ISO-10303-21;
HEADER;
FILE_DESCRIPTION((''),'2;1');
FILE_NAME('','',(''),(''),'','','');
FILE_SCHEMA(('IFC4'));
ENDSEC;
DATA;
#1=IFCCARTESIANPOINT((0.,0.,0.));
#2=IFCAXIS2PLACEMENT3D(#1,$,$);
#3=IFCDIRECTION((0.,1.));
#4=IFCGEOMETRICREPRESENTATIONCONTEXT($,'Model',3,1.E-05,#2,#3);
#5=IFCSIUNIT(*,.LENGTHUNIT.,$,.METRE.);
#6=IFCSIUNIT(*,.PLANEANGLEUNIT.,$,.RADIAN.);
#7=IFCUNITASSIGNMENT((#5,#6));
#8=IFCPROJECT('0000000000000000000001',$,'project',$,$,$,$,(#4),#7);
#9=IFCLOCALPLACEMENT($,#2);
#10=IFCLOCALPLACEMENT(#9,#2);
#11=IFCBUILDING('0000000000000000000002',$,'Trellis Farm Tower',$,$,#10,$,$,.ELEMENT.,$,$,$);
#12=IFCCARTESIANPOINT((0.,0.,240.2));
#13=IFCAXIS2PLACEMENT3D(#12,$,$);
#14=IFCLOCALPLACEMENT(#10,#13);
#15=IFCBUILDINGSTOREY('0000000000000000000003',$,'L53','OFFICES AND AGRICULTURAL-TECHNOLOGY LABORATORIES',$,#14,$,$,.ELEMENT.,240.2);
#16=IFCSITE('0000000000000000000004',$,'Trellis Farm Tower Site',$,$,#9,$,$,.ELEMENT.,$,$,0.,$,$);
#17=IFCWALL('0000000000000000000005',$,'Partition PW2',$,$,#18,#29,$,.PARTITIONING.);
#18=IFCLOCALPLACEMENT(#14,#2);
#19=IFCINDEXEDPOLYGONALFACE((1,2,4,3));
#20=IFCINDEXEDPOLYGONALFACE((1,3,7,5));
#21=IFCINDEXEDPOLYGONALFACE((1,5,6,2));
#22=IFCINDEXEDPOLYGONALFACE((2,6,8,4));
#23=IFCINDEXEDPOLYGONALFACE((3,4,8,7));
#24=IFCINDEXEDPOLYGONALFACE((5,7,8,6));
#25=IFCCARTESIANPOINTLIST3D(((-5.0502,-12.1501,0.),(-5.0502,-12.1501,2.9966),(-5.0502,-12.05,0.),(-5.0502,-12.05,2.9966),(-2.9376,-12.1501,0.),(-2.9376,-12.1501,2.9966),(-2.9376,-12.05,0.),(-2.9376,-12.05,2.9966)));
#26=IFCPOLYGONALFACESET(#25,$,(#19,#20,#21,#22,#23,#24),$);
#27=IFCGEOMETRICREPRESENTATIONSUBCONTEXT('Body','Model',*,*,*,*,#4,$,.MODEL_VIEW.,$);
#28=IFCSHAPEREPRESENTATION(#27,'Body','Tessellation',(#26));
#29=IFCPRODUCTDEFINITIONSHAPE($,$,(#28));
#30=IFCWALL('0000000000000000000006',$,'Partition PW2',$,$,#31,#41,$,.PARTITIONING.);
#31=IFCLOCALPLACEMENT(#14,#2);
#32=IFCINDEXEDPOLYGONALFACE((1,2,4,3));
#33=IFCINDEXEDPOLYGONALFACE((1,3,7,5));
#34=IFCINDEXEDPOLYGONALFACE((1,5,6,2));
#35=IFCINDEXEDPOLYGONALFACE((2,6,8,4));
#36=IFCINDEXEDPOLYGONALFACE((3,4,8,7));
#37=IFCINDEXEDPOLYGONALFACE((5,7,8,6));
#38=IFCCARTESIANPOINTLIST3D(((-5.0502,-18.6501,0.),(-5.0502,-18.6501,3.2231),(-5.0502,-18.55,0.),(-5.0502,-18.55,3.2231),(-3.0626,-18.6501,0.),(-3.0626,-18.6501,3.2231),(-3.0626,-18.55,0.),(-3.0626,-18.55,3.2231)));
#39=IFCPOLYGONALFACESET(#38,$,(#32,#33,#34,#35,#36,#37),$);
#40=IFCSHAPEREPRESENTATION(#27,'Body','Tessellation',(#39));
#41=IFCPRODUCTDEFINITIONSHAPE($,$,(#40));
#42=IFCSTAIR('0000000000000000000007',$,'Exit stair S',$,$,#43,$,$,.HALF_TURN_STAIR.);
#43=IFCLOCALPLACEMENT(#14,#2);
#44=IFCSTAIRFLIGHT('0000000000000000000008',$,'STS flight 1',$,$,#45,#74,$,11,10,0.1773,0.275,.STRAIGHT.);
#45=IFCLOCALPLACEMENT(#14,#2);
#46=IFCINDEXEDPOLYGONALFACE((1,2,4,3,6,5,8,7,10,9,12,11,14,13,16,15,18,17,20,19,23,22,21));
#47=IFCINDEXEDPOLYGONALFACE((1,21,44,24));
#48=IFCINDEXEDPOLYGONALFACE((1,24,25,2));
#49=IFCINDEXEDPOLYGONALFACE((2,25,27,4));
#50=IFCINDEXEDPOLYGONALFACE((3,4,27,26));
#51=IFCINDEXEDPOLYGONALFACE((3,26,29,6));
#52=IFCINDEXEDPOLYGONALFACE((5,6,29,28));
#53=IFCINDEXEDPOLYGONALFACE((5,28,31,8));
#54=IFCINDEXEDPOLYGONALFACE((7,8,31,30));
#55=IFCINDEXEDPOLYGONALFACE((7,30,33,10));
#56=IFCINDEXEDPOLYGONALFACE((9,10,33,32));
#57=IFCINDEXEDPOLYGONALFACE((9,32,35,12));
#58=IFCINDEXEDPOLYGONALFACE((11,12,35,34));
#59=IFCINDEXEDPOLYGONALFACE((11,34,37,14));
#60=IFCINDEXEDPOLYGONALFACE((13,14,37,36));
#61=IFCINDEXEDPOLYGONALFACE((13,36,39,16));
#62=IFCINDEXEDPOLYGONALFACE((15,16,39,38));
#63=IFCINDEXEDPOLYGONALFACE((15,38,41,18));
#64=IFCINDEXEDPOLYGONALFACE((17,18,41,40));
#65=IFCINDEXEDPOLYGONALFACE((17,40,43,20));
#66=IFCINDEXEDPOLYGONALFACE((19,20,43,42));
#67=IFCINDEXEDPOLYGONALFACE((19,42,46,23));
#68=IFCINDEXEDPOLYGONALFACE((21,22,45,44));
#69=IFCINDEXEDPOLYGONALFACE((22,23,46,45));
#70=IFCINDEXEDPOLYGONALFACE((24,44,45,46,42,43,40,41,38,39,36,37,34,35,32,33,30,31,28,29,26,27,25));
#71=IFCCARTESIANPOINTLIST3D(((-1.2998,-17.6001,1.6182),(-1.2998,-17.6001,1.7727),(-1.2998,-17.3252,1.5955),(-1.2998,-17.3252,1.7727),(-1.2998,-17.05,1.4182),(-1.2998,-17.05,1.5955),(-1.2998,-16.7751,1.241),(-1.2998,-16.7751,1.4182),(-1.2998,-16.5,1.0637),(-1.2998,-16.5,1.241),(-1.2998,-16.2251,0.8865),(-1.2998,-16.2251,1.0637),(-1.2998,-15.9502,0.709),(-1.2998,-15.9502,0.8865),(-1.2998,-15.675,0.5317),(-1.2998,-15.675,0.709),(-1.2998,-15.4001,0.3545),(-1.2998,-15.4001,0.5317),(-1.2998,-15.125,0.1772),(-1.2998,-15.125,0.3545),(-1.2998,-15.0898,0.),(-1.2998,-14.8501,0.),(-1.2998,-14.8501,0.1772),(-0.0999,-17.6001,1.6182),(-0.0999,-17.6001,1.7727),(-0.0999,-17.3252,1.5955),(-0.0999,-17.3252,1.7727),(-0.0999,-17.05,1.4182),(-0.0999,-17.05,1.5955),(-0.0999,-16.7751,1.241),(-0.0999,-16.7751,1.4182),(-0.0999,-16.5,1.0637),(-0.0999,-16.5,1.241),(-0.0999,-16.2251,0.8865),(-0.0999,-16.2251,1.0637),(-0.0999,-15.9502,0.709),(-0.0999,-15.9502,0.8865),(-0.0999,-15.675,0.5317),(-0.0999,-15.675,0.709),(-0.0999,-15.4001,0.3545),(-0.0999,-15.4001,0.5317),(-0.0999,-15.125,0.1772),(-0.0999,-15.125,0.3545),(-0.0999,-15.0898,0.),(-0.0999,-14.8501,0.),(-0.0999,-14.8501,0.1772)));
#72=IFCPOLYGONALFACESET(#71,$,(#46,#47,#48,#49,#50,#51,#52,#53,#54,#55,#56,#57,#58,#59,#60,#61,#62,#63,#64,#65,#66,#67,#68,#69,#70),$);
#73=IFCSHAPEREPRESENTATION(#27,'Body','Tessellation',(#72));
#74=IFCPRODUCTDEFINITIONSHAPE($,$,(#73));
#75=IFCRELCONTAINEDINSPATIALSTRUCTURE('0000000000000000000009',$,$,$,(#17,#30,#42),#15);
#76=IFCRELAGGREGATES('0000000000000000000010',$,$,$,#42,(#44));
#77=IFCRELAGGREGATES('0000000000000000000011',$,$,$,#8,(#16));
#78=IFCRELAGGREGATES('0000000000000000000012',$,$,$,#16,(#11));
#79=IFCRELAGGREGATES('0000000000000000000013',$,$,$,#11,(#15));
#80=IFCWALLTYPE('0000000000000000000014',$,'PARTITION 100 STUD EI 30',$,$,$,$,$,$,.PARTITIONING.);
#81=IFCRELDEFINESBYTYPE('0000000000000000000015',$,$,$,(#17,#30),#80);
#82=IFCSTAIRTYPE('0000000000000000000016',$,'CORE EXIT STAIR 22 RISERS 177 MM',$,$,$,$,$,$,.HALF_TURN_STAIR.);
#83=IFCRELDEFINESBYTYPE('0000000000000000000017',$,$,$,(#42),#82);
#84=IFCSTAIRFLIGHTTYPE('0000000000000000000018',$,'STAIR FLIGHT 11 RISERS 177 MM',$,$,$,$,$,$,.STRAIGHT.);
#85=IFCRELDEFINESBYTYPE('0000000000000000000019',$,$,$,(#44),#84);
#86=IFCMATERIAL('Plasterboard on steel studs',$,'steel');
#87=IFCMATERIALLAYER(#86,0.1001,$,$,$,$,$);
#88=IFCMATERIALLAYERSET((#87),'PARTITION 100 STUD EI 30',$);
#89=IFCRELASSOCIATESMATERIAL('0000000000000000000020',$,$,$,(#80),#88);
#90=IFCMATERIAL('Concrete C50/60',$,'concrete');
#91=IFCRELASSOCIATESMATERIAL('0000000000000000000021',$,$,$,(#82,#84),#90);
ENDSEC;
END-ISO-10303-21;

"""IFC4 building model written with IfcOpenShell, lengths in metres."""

from ifc_helpers import new_model, si_unit, direction, frame, frame_2d, origin, place, context, subcontext, project, spatial, polyline, rectangle, outline, extrude, source, transform, mapped, material, layer, layer_set, type_object, element, aggregate, save


model = new_model("IFC4")

# Units and contexts
model_context = context("Model", 3, precision=1e-05, world=origin(), true_north=direction((0.0, 1.0)))
body_context = subcontext(model_context, "Body", "Model", "MODEL_VIEW")
ifc_project = project(units=[si_unit("LENGTHUNIT", "METRE"), si_unit("PLANEANGLEUNIT", "RADIAN")], contexts=[model_context])

# Site, building, storey
site_placement = place(None, origin())
site = spatial("IfcSite", under=ifc_project, at=site_placement, Name="Trellis Farm Tower Site", CompositionType="ELEMENT", RefElevation=0.0)
building_placement = place(site_placement, origin())
building = spatial("IfcBuilding", under=site, at=building_placement, Name="Trellis Farm Tower", CompositionType="ELEMENT")
storey_placement = place(building_placement, frame((0.0, 0.0, 240.2)))
storey = spatial("IfcBuildingStorey", under=building, at=storey_placement, Name="L53", Description="OFFICES AND AGRICULTURAL-TECHNOLOGY LABORATORIES", CompositionType="ELEMENT", Elevation=240.2)

# Shared definitions
placement = place(storey_placement, origin())

# Walls
ifc_material_1 = material(Name="Plasterboard on steel studs", Category="steel")
ifc_layer_1 = layer(ifc_material_1, 0.1001)
ifc_layer_set_1 = layer_set([ifc_layer_1], Name="PARTITION 100 STUD EI 30")
wall_type_1 = type_object("IfcWallType", Name="PARTITION 100 STUD EI 30", PredefinedType="PARTITIONING", material=ifc_layer_set_1)
shared_shape_1 = source(origin(), body_context, "Body", "SweptSolid", [
    extrude(rectangle(XDim=2.1125, YDim=0.1001, at=frame_2d((1.0562, 0.0))), origin(), (0.0, 0.0, 1.0), 2.9966),
])
wall_1_placement = place(storey_placement, frame((-5.05, -12.1001, 0.0), z_axis=(0.0, 0.0, 1.0), x_axis=(1.0, 0.0, 0.0)))
element("IfcWall", 1, at=wall_1_placement, inside=storey, type_object=wall_type_1, Name="Partition PW2", PredefinedType="PARTITIONING", context=body_context, shape_type="MappedRepresentation", body=[
    mapped(shared_shape_1, transform((0.0, 0.0, 0.0))),
])
shared_shape_2 = source(origin(), body_context, "Body", "SweptSolid", [
    extrude(rectangle(XDim=1.9875, YDim=0.1001, at=frame_2d((0.9937, 0.0))), origin(), (0.0, 0.0, 1.0), 3.2231),
])
wall_2_placement = place(storey_placement, frame((-5.05, -18.6001, 0.0), z_axis=(0.0, 0.0, 1.0), x_axis=(1.0, 0.0, 0.0)))
element("IfcWall", 2, at=wall_2_placement, inside=storey, type_object=wall_type_1, Name="Partition PW2", PredefinedType="PARTITIONING", context=body_context, shape_type="MappedRepresentation", body=[
    mapped(shared_shape_2, transform((0.0, 0.0, 0.0))),
])

# Stair, stair flight
ifc_material_2 = material(Name="Concrete C50/60", Category="concrete")
stair_type = type_object("IfcStairType", Name="CORE EXIT STAIR 22 RISERS 177 MM", PredefinedType="HALF_TURN_STAIR", material=ifc_material_2)
stair = element("IfcStair", 3, at=placement, inside=storey, type_object=stair_type, Name="Exit stair S", PredefinedType="HALF_TURN_STAIR")
stair_flight_type = type_object("IfcStairFlightType", Name="STAIR FLIGHT 11 RISERS 177 MM", PredefinedType="STRAIGHT", material=ifc_material_2)
shared_shape_3 = source(origin(), body_context, "Body", "SweptSolid", [
    extrude(outline(polyline([(0.0, 0.0), (0.0, 0.1772), (0.2749, 0.1772), (0.2749, 0.3545), (0.55, 0.3545), (0.55, 0.5317), (0.825, 0.5317), (0.825, 0.709), (1.1001, 0.709), (1.1001, 0.8865), (1.375, 0.8865), (1.375, 1.0637), (1.6499, 1.0637), (1.6499, 1.241), (1.925, 1.241), (1.925, 1.4182), (2.2, 1.4182), (2.2, 1.5955), (2.4751, 1.5955), (2.4751, 1.7727), (2.75, 1.7727), (2.75, 1.95), (2.75, 1.6182), (0.2397, 0.0), (0.0, 0.0)])), frame((0.0, 0.6001, 0.0), z_axis=(0.0, -1.0, 0.0), x_axis=(1.0, 0.0, 0.0)), (0.0, 0.0, 1.0), 1.2),
])
stair_flight_placement = place(storey_placement, frame((-0.7, -14.8501, 0.0), z_axis=(0.0, 0.0, 1.0), x_axis=(0.0, -1.0, 0.0)))
stair_flight = element("IfcStairFlight", 4, at=stair_flight_placement, type_object=stair_flight_type, Name="STS flight 1", NumberOfRisers=11, NumberOfTreads=10, PredefinedType="STRAIGHT", RiserHeight=0.1773, TreadLength=0.275, context=body_context, shape_type="MappedRepresentation", body=[
    mapped(shared_shape_3, transform((0.0, 0.0, 0.0))),
])
aggregate(stair, [stair_flight])

save(model, "model.ifc")
